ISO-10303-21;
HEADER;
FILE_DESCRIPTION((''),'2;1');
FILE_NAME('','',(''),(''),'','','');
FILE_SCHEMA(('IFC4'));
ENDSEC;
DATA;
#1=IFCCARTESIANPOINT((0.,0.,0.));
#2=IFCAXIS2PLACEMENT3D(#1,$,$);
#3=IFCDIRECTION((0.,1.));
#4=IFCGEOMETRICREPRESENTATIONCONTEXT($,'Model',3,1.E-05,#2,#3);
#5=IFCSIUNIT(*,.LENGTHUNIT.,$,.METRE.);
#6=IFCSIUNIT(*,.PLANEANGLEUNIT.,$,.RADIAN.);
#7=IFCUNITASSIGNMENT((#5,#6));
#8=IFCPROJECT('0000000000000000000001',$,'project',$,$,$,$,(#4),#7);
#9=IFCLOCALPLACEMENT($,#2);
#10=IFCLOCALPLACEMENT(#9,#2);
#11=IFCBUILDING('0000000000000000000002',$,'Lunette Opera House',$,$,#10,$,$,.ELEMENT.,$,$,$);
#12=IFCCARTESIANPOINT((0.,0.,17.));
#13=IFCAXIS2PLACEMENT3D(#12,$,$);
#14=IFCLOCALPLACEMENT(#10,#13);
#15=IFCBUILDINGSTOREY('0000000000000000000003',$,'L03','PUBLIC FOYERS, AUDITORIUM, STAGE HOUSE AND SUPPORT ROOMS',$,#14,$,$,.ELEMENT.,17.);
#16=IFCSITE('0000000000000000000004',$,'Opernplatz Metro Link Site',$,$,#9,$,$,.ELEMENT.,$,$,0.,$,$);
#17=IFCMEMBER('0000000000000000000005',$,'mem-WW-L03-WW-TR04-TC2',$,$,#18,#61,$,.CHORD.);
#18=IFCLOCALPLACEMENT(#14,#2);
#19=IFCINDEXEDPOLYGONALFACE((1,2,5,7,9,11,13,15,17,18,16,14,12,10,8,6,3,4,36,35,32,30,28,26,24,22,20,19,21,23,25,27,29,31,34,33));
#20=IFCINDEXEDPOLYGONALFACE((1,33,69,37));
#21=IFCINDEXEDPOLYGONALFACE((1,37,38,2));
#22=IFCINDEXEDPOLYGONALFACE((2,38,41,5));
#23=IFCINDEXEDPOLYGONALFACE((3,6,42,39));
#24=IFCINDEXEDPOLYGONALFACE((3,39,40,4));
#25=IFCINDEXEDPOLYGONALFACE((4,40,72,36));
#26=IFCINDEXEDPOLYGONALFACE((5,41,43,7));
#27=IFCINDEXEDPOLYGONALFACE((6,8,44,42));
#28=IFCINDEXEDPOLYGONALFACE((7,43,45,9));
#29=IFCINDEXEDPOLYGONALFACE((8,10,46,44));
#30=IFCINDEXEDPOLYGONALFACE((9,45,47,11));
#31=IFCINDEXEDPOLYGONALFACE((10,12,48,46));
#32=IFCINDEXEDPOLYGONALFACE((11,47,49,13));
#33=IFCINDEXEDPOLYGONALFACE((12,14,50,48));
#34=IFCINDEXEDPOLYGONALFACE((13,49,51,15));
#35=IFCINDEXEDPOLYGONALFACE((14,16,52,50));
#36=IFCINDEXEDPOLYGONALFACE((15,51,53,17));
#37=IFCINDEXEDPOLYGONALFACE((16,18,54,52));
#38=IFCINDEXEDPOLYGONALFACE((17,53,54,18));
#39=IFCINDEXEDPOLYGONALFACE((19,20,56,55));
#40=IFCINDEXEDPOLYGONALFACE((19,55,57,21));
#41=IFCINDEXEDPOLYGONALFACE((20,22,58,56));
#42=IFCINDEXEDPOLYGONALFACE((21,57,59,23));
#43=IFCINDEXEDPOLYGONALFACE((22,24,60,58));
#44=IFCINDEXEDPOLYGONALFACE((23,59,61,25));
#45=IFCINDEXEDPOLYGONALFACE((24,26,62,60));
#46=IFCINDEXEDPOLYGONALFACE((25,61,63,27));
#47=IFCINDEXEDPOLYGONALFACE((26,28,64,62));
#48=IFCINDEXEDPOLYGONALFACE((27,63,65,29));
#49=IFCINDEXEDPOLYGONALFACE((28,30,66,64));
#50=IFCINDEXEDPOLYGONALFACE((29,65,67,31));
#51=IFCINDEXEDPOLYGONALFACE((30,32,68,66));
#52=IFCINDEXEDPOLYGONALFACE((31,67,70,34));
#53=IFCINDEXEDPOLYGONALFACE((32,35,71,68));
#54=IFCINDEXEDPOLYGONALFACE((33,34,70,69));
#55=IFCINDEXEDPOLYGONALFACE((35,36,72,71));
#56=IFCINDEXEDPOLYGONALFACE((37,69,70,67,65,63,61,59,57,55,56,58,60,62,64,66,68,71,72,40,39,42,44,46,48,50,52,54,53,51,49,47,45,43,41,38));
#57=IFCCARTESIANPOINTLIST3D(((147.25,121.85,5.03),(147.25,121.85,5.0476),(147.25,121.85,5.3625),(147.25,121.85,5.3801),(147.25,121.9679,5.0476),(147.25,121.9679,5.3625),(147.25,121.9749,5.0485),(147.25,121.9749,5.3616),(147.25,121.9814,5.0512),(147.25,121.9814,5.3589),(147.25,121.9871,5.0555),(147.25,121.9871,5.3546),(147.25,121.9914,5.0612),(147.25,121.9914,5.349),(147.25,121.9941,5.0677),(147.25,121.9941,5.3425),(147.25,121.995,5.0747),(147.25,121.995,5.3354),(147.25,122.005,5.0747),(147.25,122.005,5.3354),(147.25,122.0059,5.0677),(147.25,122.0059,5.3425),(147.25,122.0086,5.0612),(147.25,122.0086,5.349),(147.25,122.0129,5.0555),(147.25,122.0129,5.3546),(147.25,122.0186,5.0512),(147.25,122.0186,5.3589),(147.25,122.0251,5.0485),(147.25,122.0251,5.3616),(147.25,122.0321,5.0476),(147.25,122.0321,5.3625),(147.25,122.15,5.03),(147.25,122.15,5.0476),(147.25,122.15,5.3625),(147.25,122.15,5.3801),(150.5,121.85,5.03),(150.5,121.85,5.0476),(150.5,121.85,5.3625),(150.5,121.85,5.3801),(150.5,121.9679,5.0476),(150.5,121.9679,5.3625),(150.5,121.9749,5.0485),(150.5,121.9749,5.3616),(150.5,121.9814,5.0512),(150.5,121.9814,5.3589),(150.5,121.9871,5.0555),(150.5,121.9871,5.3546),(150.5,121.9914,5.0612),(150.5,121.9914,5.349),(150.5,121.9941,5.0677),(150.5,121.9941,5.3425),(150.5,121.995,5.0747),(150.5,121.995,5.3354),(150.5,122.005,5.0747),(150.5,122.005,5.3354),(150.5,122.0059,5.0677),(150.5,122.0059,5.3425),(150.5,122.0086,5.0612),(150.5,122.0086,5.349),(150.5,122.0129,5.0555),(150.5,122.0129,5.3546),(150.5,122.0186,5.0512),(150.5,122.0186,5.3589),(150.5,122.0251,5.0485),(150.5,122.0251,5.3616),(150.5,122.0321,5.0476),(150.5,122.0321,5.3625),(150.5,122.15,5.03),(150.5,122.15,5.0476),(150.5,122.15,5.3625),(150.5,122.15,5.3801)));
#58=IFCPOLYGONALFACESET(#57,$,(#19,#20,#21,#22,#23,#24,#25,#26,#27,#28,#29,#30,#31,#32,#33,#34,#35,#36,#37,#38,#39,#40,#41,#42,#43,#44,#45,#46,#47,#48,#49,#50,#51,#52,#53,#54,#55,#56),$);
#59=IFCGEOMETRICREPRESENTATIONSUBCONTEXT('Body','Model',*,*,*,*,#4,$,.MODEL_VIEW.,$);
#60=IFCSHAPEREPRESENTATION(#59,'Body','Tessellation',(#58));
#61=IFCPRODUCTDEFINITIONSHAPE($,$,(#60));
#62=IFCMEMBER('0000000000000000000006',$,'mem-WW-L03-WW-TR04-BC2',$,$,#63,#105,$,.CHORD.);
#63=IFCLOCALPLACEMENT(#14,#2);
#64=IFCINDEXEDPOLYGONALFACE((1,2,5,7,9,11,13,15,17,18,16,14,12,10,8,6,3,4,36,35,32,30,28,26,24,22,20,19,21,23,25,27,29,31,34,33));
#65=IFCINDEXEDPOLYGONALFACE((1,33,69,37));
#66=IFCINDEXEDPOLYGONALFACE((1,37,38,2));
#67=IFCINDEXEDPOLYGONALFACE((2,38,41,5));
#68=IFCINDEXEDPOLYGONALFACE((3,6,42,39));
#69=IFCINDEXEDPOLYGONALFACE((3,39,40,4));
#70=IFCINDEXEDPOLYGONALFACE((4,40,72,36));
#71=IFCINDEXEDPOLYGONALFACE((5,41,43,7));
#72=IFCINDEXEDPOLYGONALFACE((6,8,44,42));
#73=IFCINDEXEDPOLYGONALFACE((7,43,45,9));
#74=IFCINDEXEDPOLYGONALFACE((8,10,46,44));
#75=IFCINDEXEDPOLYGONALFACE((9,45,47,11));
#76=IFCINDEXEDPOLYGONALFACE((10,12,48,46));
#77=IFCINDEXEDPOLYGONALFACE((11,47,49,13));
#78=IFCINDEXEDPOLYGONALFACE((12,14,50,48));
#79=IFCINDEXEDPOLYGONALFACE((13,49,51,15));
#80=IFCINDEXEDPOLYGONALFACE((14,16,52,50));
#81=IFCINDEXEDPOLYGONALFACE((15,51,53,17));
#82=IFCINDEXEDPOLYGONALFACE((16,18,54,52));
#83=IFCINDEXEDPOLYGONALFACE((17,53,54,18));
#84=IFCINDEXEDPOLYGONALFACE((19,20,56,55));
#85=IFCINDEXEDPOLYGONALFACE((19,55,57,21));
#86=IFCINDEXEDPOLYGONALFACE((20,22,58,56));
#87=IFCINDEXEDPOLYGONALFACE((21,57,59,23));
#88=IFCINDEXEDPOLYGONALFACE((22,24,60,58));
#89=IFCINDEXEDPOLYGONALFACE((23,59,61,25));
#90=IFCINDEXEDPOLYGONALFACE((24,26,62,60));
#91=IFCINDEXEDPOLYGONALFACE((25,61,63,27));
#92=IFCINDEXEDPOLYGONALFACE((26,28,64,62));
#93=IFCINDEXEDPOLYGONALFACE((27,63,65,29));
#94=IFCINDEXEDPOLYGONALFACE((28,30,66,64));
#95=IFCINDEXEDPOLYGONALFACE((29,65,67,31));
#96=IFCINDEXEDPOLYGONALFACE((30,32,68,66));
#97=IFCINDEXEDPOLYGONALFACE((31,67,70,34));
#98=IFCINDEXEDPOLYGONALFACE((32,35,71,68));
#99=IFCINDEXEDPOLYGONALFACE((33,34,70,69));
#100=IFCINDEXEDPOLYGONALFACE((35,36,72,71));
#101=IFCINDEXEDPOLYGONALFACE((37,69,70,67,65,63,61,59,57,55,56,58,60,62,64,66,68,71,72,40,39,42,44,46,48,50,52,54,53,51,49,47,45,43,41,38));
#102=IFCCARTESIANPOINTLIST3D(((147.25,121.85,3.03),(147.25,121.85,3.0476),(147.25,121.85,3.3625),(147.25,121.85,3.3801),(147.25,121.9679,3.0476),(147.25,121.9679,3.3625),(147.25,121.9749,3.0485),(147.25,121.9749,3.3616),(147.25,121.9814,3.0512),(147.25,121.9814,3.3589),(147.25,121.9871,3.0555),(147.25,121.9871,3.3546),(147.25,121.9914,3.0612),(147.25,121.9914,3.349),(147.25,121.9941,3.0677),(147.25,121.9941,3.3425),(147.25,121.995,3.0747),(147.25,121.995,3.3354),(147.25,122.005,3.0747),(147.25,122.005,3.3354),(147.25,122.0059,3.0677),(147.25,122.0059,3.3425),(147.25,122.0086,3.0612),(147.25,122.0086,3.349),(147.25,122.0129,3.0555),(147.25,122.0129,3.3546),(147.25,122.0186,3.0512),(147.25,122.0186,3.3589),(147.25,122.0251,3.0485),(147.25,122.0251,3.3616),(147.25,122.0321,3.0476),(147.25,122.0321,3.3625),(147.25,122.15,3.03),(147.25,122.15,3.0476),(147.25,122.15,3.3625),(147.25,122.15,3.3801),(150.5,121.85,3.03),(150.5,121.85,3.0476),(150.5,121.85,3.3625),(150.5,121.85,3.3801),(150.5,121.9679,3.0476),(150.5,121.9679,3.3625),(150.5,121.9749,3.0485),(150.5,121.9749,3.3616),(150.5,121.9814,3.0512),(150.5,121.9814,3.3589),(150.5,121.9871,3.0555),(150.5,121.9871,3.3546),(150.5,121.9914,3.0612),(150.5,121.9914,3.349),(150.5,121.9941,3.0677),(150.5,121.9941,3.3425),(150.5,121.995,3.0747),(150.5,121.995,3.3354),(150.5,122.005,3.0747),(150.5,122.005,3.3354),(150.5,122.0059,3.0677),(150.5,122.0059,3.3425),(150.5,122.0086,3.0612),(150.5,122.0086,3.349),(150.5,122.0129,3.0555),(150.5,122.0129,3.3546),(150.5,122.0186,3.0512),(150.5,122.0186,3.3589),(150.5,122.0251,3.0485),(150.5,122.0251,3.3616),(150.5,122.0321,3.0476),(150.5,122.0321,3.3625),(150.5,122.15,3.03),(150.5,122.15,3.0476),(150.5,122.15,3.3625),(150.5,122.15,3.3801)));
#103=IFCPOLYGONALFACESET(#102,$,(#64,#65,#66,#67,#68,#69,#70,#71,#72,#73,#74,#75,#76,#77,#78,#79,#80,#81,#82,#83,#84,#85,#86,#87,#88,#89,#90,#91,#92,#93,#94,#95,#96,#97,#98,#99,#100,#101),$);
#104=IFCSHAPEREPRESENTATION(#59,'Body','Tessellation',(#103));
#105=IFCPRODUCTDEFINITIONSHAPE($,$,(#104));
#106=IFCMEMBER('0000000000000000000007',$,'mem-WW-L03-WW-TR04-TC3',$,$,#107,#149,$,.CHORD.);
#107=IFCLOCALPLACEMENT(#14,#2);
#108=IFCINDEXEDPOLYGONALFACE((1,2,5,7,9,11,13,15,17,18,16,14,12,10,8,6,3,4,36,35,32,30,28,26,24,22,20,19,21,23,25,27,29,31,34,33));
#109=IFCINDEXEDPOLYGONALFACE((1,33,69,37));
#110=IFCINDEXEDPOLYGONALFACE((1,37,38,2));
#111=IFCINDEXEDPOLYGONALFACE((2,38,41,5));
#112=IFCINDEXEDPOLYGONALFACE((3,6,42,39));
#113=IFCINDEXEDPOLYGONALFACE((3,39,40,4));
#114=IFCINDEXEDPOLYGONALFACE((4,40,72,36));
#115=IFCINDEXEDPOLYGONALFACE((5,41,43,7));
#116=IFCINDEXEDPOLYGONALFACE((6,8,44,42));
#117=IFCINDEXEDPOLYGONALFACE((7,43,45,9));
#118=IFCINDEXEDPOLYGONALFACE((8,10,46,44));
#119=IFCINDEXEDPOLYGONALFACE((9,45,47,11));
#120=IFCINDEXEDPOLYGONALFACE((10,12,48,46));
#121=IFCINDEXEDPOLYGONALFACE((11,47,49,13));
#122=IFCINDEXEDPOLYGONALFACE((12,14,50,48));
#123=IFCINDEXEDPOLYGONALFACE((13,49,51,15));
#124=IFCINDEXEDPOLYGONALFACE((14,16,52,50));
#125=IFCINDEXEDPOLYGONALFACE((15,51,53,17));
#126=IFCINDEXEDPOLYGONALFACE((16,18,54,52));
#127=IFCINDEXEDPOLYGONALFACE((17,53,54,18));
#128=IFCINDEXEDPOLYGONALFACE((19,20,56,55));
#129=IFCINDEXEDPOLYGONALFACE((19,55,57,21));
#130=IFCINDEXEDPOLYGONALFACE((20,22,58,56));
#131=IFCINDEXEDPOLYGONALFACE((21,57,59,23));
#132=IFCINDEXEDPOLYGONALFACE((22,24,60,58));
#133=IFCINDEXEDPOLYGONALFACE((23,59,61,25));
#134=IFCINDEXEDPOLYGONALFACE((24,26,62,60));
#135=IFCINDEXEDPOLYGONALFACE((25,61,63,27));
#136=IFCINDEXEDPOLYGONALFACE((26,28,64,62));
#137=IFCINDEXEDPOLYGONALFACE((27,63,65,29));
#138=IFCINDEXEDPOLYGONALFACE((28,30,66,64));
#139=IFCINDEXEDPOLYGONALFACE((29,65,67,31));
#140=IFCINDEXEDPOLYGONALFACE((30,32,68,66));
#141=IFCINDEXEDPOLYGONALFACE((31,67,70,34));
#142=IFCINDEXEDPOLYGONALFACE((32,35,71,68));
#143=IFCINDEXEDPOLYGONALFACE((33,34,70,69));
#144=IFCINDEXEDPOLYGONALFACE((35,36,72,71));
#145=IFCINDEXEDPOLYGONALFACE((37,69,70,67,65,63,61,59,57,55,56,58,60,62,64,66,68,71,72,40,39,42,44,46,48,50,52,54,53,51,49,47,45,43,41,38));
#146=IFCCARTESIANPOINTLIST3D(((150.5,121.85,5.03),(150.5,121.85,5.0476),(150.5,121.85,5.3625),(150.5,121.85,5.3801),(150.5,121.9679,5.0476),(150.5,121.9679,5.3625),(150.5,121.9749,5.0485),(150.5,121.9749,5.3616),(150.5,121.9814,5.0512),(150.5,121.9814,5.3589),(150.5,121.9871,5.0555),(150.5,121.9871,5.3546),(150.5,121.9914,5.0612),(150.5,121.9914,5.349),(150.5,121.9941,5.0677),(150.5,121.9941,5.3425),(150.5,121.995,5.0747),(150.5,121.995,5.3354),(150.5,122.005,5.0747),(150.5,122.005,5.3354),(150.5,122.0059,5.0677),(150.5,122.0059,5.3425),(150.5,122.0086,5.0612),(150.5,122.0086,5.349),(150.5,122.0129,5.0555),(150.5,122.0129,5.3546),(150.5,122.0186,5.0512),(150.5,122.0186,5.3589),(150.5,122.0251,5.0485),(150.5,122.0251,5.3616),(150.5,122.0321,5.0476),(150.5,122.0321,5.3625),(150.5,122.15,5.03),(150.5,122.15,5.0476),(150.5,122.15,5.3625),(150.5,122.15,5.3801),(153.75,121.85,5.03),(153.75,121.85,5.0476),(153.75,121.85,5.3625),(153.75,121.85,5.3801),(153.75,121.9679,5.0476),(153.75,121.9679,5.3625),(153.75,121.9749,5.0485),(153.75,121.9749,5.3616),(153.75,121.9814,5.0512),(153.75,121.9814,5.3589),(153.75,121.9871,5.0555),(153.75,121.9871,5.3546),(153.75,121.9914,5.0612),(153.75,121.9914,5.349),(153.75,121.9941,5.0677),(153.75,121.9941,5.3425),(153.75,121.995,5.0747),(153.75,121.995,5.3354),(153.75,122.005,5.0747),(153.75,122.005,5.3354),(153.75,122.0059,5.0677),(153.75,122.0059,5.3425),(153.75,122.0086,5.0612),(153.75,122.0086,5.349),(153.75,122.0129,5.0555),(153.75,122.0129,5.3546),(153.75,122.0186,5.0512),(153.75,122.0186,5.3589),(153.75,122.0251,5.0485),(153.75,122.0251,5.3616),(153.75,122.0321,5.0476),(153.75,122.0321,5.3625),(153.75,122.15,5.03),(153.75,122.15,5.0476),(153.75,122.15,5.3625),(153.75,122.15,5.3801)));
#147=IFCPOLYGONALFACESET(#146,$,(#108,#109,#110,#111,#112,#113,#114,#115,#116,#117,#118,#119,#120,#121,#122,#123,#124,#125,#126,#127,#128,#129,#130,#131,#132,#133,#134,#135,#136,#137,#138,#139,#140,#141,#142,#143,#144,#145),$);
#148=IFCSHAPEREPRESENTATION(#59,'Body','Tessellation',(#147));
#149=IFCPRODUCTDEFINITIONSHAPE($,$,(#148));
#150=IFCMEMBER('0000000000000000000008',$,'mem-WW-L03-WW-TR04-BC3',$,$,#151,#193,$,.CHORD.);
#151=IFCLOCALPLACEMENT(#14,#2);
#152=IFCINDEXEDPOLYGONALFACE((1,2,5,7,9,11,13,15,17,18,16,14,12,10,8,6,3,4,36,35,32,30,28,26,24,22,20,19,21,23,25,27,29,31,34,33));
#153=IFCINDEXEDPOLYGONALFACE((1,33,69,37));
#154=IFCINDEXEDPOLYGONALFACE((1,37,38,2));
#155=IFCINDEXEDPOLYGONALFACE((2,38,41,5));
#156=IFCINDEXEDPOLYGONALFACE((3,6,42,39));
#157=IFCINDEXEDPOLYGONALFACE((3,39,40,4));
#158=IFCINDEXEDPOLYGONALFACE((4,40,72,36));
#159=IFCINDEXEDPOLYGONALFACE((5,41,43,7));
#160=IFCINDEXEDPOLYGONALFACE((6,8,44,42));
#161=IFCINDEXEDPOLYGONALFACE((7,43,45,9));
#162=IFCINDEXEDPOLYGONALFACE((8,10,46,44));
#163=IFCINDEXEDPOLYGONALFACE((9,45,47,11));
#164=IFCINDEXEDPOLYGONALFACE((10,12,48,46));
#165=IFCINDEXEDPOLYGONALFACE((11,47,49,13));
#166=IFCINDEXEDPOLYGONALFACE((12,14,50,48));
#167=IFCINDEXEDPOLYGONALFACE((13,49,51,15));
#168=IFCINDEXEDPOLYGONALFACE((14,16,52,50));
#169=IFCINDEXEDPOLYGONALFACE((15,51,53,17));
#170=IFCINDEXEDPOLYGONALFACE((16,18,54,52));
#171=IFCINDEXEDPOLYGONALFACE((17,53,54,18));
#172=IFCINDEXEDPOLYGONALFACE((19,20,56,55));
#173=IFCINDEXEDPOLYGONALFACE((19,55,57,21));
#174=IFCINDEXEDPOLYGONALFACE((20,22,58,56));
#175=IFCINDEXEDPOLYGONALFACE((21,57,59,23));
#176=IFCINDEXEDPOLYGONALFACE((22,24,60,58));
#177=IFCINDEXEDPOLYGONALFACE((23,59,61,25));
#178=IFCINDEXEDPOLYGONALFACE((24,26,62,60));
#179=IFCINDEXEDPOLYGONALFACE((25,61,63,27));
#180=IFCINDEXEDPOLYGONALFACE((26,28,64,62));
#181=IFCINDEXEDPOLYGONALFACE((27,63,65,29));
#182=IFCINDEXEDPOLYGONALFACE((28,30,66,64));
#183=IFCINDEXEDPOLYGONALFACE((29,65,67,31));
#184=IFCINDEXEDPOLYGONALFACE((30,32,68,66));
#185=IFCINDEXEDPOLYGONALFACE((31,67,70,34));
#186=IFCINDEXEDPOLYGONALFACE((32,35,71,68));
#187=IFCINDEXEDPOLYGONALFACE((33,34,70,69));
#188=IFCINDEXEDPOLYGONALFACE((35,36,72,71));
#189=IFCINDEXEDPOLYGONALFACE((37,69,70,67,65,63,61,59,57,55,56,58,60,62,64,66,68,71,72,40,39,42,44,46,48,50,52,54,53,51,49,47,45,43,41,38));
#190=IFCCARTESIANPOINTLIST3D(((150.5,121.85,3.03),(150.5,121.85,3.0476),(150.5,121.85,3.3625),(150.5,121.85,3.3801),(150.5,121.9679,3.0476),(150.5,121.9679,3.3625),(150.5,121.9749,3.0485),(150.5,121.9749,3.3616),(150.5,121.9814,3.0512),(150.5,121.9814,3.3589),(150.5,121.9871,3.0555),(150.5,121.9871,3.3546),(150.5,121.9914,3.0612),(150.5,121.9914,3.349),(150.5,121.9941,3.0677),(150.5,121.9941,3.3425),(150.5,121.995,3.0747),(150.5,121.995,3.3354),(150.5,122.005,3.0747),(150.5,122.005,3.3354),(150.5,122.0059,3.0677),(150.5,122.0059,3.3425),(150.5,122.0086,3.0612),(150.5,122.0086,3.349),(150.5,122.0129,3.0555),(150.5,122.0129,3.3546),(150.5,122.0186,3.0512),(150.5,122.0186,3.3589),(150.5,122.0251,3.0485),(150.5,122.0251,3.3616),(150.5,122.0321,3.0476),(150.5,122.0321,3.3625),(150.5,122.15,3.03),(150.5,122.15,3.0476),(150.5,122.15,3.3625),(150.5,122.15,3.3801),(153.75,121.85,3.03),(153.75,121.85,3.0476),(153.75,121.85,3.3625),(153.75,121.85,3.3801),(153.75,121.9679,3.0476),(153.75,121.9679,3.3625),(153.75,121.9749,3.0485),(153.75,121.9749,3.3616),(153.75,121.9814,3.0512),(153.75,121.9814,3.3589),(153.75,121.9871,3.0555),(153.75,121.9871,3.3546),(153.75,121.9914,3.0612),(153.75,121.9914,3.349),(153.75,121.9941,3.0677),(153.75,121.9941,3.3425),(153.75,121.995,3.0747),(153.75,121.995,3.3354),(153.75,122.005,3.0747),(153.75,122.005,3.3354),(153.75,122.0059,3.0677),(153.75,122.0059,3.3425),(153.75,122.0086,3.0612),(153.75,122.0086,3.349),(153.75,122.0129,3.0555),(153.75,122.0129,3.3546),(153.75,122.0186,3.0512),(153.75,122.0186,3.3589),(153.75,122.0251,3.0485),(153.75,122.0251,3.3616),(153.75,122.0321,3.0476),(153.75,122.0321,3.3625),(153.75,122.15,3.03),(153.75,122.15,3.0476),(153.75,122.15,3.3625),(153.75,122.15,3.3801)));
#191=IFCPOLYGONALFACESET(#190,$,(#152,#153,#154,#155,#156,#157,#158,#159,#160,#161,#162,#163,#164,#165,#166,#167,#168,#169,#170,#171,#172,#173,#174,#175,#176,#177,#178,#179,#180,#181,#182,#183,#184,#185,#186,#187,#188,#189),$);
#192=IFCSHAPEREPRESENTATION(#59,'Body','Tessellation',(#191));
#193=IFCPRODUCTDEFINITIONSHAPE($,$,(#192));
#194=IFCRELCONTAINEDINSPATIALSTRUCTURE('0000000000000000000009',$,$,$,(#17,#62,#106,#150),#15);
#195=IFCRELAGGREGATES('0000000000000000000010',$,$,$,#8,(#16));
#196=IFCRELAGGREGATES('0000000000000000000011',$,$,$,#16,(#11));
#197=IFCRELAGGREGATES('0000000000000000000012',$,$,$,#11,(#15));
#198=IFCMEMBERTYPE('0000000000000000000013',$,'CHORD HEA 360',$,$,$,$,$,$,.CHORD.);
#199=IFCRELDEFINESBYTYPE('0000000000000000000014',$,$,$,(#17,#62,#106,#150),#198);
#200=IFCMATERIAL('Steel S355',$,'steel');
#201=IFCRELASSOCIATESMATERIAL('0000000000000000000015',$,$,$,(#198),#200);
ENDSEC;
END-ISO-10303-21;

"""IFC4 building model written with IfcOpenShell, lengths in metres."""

from ifc_helpers import new_model, si_unit, direction, frame, origin, origin_2d, place, context, subcontext, project, spatial, i_section, extrude, material, material_profile, profile_set, type_object, element, save


model = new_model("IFC4")

# Units and contexts
model_context = context("Model", 3, precision=1e-05, world=origin(), true_north=direction((0.0, 1.0)))
body_context = subcontext(model_context, "Body", "Model", "MODEL_VIEW")
ifc_project = project(units=[si_unit("LENGTHUNIT", "METRE"), si_unit("PLANEANGLEUNIT", "RADIAN")], contexts=[model_context])

# Site, building, storey
site_placement = place(None, origin())
site = spatial("IfcSite", under=ifc_project, at=site_placement, Name="Opernplatz Metro Link Site", CompositionType="ELEMENT", RefElevation=0.0)
building_placement = place(site_placement, origin())
building = spatial("IfcBuilding", under=site, at=building_placement, Name="Lunette Opera House", CompositionType="ELEMENT")
storey_placement = place(building_placement, frame((0.0, 0.0, 17.0)))
storey = spatial("IfcBuildingStorey", under=building, at=storey_placement, Name="L03", Description="PUBLIC FOYERS, AUDITORIUM, STAGE HOUSE AND SUPPORT ROOMS", CompositionType="ELEMENT", Elevation=17.0)

# Members
ifc_material_1 = material(Name="Steel S355", Category="steel")
ifc_material_profile_1 = material_profile(ifc_material_1, i_section(OverallWidth=0.3, OverallDepth=0.3501, WebThickness=0.01, FlangeThickness=0.0176, FilletRadius=0.0271, at=origin_2d()), Name="HEA 360")
ifc_profile_set_1 = profile_set([ifc_material_profile_1], Name="Steel S355")
member_type_1 = type_object("IfcMemberType", Name="CHORD HEA 360", PredefinedType="CHORD", material=ifc_profile_set_1)
for number, where, z_axis, x_axis, name in (
    (1, (147.25, 122.0, 5.2051), (1.0, 0.0, 0.0), (0.0, 1.0, 0.0), "mem-WW-L03-WW-TR04-TC2"),
    (2, (147.25, 122.0, 3.2051), (1.0, 0.0, 0.0), (0.0, 1.0, 0.0), "mem-WW-L03-WW-TR04-BC2"),
    (3, (150.5, 122.0, 5.2051), (1.0, 0.0, 0.0), (0.0, 1.0, 0.0), "mem-WW-L03-WW-TR04-TC3"),
    (4, (150.5, 122.0, 3.2051), (1.0, 0.0, 0.0), (0.0, 1.0, 0.0), "mem-WW-L03-WW-TR04-BC3"),
):
    element("IfcMember", number, at=place(storey_placement, frame(where, z_axis=z_axis, x_axis=x_axis)), inside=storey, type_object=member_type_1, Name=name, PredefinedType="CHORD", context=body_context, shape_type="SweptSolid", body=[
        extrude(i_section(OverallWidth=0.3, OverallDepth=0.3501, WebThickness=0.01, FlangeThickness=0.0176, FilletRadius=0.0271, at=origin_2d()), origin(), (0.0, 0.0, 1.0), 3.25),
    ])

save(model, "model.ifc")
